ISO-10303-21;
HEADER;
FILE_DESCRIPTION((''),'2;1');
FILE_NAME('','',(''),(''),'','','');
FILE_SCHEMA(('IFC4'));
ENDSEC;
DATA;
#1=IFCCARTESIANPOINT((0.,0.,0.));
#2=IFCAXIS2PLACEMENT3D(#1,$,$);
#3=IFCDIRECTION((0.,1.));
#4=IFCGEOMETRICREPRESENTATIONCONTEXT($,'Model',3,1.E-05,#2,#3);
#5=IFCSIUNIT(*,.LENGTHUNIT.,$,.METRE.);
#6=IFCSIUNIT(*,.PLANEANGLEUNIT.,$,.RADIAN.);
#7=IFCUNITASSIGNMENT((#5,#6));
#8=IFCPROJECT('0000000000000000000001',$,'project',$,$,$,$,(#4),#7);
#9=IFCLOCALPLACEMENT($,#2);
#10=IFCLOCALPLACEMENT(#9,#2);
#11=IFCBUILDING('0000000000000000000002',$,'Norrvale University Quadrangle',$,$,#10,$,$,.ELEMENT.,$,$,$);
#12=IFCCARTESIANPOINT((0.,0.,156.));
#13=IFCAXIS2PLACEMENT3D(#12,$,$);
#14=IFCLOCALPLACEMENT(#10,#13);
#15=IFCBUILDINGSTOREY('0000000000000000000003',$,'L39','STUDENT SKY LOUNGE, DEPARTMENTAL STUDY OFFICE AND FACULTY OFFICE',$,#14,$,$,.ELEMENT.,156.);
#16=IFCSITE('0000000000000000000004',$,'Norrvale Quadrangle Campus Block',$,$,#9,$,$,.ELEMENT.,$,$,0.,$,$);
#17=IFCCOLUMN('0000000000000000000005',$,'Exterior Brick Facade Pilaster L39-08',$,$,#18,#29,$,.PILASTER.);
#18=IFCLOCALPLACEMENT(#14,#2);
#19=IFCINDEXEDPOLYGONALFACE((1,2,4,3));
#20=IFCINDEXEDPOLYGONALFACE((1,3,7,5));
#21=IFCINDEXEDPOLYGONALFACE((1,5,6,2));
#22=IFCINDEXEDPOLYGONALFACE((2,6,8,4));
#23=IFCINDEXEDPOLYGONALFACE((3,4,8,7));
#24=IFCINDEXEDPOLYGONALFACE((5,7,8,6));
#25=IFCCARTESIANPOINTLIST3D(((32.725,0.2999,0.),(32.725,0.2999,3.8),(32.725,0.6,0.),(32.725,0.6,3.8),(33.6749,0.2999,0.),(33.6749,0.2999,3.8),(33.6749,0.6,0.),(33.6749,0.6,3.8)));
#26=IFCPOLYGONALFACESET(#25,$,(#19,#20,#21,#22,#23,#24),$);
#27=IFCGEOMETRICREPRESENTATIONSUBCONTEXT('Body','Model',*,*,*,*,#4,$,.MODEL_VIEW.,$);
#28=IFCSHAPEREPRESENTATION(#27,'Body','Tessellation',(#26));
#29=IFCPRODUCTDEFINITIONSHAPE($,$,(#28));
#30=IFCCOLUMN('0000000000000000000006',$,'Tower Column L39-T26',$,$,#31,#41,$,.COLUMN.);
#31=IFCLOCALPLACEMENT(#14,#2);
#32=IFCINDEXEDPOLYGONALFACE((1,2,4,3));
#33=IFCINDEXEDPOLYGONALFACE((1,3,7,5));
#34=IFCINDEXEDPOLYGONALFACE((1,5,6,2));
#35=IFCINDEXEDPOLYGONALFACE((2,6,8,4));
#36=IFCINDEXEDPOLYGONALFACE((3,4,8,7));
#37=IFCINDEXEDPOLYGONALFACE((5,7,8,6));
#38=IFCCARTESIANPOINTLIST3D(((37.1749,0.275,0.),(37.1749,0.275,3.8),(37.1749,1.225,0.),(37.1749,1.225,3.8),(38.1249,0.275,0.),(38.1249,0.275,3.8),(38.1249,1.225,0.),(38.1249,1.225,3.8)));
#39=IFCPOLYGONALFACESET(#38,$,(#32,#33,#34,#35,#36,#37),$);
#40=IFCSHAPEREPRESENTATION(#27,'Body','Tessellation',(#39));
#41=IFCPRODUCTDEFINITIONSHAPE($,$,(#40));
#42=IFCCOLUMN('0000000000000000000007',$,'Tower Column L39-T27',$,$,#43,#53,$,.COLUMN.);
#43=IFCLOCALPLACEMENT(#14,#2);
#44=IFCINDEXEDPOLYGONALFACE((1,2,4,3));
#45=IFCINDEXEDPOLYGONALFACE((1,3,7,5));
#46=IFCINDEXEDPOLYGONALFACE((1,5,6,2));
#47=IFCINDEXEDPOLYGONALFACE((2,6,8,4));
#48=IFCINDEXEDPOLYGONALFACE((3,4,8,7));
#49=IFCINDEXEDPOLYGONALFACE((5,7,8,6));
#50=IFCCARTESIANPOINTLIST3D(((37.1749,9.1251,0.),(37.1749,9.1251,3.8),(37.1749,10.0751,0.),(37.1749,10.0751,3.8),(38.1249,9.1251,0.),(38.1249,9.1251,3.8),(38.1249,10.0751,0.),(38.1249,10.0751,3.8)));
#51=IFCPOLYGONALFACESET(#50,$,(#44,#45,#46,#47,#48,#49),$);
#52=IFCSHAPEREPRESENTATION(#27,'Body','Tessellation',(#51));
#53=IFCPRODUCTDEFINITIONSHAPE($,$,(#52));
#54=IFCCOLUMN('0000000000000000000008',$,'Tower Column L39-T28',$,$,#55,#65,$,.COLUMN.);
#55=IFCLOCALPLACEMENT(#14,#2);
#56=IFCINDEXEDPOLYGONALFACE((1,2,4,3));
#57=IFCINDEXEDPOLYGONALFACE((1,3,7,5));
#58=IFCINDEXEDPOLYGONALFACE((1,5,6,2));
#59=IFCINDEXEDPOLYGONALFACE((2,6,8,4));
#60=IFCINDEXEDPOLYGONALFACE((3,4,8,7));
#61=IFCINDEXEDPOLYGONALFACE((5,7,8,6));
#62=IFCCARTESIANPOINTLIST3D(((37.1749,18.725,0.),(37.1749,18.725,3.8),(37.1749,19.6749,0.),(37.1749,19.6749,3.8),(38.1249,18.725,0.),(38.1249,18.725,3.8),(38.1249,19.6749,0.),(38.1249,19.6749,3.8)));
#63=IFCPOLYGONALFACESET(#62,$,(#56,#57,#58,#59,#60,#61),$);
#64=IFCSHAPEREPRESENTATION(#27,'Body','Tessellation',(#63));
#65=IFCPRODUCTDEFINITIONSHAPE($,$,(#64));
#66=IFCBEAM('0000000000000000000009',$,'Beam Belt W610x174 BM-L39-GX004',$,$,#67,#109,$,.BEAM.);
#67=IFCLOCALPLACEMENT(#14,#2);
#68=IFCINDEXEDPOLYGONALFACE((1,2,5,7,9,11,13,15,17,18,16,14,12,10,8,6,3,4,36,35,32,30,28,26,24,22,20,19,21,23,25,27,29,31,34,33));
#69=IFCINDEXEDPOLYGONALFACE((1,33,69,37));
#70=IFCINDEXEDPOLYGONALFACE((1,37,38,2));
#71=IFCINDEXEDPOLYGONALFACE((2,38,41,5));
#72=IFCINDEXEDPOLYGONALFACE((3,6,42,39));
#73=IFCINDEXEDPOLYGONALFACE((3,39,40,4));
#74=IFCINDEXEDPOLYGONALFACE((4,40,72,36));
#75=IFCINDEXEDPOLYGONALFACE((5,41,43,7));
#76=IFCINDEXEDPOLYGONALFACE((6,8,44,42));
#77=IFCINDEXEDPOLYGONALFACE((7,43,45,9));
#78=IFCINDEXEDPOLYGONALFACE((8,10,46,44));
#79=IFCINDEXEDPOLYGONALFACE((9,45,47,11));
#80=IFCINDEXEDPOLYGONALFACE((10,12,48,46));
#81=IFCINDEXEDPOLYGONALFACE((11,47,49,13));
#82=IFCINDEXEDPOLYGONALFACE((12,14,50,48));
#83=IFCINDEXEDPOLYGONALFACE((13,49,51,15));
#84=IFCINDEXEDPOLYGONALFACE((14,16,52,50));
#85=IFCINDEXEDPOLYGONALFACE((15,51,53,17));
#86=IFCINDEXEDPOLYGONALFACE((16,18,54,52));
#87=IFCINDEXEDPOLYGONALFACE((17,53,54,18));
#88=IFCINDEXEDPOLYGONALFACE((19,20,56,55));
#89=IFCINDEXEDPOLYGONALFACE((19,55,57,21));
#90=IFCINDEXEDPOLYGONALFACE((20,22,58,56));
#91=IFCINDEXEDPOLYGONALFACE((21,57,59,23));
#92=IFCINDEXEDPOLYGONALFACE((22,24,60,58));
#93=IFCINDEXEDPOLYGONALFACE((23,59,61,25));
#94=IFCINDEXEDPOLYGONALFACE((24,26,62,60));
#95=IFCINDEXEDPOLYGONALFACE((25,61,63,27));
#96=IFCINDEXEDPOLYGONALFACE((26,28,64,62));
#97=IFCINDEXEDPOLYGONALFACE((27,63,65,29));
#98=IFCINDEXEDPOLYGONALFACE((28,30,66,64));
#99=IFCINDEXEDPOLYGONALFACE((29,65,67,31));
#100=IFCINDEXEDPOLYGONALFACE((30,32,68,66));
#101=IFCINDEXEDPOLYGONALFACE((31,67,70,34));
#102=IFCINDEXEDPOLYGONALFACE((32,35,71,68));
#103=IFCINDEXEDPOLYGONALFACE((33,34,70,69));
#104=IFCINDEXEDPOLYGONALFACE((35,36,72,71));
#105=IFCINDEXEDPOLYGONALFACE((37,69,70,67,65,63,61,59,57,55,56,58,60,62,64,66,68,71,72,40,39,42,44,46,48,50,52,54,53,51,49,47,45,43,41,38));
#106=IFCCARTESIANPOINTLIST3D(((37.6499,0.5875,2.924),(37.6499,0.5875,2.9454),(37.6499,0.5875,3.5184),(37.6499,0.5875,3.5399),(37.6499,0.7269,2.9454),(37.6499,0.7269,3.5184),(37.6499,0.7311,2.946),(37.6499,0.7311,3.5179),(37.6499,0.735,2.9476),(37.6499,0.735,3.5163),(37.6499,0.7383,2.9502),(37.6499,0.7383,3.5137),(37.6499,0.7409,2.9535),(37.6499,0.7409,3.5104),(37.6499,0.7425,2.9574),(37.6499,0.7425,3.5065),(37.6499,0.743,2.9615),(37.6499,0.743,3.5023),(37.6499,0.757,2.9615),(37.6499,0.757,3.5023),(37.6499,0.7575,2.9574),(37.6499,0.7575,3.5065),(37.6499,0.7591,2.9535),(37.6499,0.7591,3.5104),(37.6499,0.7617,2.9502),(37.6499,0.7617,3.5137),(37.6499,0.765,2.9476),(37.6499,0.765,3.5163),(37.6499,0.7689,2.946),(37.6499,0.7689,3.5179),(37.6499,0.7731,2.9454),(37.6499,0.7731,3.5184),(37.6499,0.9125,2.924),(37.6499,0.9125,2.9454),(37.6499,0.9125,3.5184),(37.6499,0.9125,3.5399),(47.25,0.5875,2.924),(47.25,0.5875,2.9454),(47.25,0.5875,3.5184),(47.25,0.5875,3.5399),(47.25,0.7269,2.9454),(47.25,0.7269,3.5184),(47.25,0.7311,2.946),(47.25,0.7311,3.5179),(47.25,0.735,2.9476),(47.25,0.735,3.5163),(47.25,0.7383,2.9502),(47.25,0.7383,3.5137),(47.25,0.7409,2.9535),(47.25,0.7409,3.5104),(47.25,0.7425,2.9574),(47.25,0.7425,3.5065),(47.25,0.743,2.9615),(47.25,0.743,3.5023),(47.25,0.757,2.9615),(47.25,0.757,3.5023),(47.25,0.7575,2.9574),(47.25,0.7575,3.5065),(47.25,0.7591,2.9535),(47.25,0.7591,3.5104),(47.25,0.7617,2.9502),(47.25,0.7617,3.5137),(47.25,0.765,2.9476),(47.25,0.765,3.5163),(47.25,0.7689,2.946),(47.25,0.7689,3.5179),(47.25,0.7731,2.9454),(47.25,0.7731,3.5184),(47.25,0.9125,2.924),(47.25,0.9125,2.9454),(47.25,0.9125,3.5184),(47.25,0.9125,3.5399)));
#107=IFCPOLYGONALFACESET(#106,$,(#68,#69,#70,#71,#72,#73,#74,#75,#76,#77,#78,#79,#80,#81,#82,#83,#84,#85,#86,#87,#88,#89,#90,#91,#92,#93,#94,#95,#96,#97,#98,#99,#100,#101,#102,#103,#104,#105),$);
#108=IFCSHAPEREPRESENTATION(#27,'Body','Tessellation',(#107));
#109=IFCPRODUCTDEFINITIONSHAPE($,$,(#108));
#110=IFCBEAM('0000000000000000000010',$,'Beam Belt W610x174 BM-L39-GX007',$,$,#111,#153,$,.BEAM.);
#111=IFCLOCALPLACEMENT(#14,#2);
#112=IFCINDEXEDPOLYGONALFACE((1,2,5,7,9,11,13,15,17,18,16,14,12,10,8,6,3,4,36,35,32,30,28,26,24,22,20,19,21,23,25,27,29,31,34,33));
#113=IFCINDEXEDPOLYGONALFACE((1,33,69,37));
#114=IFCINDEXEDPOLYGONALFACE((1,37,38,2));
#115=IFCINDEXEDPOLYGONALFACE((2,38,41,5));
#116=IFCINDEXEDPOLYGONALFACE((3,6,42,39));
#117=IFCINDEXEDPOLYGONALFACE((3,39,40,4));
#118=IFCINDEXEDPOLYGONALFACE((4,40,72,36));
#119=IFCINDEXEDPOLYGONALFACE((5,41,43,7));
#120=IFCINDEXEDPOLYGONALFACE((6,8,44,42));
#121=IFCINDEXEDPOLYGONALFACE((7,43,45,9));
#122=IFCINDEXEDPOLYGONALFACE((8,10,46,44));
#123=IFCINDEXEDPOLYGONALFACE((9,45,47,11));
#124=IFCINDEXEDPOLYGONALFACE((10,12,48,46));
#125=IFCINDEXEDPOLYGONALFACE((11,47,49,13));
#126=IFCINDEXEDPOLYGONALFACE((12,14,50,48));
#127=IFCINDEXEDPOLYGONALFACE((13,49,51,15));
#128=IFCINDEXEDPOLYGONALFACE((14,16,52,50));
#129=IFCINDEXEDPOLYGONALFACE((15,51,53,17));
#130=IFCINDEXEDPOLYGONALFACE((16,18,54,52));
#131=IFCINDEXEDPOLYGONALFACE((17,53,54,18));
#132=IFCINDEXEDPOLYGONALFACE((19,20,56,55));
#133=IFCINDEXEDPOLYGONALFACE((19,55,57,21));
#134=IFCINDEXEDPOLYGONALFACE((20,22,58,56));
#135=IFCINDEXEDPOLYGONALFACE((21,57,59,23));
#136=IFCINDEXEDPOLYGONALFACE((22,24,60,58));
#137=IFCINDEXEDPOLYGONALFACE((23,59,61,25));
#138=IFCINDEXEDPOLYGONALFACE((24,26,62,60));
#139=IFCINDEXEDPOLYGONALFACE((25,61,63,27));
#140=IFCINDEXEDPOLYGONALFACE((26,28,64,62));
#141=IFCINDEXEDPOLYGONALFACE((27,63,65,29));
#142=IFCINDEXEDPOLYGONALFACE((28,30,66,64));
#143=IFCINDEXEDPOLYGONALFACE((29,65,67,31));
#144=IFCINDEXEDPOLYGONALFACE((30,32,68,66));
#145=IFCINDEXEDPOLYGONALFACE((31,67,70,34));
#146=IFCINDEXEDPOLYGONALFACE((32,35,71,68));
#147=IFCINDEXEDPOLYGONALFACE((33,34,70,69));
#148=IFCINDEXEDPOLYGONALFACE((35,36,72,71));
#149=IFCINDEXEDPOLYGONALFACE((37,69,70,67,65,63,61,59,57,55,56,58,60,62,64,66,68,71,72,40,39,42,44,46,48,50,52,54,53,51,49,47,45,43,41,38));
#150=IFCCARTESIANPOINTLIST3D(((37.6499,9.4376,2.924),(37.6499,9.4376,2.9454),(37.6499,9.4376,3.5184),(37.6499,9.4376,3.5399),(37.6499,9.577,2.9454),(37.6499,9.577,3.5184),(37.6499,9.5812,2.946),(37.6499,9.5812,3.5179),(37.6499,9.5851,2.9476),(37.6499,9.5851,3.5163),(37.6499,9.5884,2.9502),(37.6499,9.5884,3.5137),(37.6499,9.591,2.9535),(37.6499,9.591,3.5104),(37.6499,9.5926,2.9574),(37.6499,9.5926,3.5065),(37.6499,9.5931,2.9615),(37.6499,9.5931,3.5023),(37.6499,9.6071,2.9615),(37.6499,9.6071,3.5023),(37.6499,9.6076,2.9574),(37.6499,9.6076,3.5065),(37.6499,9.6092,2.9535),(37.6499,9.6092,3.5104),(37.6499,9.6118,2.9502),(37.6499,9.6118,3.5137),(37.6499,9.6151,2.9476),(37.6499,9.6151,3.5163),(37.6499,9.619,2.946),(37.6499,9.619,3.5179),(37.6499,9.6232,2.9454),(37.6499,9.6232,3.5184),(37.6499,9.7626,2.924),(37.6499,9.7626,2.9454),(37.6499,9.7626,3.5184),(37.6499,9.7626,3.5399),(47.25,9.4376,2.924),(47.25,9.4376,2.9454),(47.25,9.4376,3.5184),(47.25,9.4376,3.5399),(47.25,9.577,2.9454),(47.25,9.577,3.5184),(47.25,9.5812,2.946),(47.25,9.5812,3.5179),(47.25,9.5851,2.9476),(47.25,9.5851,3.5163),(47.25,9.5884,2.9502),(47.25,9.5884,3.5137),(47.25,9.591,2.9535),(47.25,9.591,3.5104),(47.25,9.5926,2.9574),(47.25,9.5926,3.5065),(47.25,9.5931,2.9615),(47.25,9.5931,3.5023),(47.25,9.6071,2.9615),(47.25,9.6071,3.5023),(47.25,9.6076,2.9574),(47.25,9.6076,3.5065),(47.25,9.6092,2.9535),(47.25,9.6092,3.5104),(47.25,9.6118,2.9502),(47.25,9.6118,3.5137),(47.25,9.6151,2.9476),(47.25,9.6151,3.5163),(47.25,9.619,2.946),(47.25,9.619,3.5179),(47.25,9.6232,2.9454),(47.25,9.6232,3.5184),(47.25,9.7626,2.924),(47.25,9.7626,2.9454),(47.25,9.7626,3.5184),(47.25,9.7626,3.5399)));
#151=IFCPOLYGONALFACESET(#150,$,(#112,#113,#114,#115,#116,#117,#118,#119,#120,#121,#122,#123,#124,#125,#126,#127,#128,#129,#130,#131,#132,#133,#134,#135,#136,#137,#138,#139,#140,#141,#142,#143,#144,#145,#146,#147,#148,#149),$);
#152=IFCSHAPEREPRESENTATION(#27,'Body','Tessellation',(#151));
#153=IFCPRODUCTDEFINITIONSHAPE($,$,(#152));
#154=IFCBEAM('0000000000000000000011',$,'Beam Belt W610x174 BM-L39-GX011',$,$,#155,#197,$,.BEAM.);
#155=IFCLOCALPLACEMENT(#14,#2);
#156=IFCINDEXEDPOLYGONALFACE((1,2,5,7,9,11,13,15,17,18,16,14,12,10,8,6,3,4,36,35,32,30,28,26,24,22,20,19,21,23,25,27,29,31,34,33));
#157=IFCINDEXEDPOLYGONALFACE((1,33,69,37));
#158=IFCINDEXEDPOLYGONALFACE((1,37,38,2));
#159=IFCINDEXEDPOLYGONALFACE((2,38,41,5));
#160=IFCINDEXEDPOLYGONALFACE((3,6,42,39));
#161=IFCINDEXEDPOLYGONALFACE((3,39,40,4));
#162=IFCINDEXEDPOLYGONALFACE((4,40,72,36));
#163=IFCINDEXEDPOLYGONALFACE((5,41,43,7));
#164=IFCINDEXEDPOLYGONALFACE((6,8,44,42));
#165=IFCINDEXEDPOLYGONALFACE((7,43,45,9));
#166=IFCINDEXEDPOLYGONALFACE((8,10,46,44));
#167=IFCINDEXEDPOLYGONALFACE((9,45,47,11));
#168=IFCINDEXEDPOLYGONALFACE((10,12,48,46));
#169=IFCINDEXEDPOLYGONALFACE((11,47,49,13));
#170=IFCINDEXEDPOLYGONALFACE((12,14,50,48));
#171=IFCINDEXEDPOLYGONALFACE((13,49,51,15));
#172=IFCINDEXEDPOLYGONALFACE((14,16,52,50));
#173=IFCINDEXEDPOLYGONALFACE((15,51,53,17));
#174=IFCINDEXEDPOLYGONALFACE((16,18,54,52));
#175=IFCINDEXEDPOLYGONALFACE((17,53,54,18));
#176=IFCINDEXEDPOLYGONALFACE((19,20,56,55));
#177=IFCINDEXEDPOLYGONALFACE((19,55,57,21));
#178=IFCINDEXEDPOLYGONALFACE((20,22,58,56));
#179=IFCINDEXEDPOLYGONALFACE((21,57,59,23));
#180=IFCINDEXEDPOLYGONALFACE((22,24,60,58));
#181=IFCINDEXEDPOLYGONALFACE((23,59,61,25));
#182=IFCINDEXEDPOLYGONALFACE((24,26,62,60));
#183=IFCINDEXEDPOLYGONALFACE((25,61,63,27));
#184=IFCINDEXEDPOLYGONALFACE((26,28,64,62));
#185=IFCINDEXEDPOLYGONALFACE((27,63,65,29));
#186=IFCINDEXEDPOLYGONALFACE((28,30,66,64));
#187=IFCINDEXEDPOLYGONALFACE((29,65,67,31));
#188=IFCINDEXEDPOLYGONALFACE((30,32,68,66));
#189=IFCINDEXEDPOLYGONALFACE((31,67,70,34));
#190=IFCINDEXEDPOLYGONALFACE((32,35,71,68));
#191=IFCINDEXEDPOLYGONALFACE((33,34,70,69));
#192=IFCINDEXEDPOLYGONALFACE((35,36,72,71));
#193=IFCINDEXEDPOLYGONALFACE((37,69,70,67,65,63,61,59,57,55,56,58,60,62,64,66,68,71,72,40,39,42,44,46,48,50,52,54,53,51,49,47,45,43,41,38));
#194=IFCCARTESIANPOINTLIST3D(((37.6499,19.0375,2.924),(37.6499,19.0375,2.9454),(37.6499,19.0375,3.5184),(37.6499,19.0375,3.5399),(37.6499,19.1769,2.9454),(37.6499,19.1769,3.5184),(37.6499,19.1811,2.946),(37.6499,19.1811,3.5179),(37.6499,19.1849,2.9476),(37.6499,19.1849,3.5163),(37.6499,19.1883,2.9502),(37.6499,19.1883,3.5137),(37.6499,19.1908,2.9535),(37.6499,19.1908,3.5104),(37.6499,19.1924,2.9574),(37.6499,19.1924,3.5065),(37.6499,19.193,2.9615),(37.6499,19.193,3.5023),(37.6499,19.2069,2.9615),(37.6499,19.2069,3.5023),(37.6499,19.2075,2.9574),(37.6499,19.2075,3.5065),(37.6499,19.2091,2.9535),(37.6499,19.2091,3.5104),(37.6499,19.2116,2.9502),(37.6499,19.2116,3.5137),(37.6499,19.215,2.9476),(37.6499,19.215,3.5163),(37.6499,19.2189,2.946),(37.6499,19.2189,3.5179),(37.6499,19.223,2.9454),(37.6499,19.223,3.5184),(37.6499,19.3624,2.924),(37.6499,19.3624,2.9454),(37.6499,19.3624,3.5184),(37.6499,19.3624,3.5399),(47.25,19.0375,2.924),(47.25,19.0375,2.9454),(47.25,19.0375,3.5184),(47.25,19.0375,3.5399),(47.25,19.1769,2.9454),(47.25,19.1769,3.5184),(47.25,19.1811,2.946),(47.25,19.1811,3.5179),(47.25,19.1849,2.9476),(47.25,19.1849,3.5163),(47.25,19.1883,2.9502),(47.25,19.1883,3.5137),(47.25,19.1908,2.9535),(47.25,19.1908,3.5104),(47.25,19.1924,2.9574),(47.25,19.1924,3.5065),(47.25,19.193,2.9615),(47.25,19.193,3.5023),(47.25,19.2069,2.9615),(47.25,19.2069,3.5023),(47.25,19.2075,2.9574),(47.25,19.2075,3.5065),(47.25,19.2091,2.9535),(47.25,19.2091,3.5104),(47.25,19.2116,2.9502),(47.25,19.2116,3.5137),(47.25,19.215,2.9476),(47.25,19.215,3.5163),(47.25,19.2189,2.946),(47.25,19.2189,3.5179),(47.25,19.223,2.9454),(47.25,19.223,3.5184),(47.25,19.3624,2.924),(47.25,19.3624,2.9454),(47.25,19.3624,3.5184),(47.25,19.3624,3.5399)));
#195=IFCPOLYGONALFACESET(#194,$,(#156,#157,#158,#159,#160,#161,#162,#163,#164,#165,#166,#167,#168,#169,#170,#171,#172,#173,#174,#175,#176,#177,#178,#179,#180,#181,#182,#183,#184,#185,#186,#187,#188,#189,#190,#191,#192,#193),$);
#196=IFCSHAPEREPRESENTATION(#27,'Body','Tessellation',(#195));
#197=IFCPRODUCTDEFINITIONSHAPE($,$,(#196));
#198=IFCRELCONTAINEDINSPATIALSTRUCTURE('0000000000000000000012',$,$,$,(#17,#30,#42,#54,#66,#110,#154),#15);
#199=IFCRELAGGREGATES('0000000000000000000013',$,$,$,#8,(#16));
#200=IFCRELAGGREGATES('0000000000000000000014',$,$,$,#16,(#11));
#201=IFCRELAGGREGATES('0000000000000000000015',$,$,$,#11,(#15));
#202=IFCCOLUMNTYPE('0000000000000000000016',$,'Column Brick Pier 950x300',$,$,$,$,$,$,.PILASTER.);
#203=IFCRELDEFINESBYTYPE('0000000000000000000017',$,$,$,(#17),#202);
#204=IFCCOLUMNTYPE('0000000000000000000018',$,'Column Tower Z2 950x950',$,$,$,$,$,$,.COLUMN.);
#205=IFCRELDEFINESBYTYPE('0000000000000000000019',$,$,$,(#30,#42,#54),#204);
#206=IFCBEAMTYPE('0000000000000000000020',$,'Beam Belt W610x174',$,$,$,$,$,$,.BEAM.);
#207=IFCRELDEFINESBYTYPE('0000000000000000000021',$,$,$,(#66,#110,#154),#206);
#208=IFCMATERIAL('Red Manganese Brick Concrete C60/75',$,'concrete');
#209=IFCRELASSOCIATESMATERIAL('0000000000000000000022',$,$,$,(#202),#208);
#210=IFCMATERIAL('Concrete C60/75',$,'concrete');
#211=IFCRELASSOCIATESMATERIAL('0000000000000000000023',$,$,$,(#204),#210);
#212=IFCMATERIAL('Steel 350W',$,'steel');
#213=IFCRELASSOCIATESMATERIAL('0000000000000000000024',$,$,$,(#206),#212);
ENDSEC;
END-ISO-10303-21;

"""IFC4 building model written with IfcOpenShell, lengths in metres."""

from ifc_helpers import new_model, si_unit, direction, frame, origin, origin_2d, place, context, subcontext, project, spatial, rectangle, i_section, extrude, material, material_profile, profile_set, type_object, element, save


model = new_model("IFC4")

# Units and contexts
model_context = context("Model", 3, precision=1e-05, world=origin(), true_north=direction((0.0, 1.0)))
body_context = subcontext(model_context, "Body", "Model", "MODEL_VIEW")
ifc_project = project(units=[si_unit("LENGTHUNIT", "METRE"), si_unit("PLANEANGLEUNIT", "RADIAN")], contexts=[model_context])

# Site, building, storey
site_placement = place(None, origin())
site = spatial("IfcSite", under=ifc_project, at=site_placement, Name="Norrvale Quadrangle Campus Block", CompositionType="ELEMENT", RefElevation=0.0)
building_placement = place(site_placement, origin())
building = spatial("IfcBuilding", under=site, at=building_placement, Name="Norrvale University Quadrangle", CompositionType="ELEMENT")
storey_placement = place(building_placement, frame((0.0, 0.0, 156.0)))
storey = spatial("IfcBuildingStorey", under=building, at=storey_placement, Name="L39", Description="STUDENT SKY LOUNGE, DEPARTMENTAL STUDY OFFICE AND FACULTY OFFICE", CompositionType="ELEMENT", Elevation=156.0)

# Columns
ifc_material_1 = material(Name="Red Manganese Brick Concrete C60/75", Category="concrete")
ifc_material_profile_1 = material_profile(ifc_material_1, rectangle(XDim=0.95, YDim=0.3, at=origin_2d()), Name="Red Manganese Brick Concrete C60/75")
ifc_profile_set_1 = profile_set([ifc_material_profile_1], Name="Red Manganese Brick Concrete C60/75")
column_type_1 = type_object("IfcColumnType", Name="Column Brick Pier 950x300", PredefinedType="PILASTER", material=ifc_profile_set_1)
column_placement = place(storey_placement, frame((33.2, 0.45, 0.0), z_axis=(0.0, 0.0, 1.0), x_axis=(1.0, 0.0, 0.0)))
element("IfcColumn", 1, at=column_placement, inside=storey, type_object=column_type_1, Name="Exterior Brick Facade Pilaster L39-08", PredefinedType="PILASTER", context=body_context, shape_type="SweptSolid", body=[
    extrude(rectangle(XDim=0.95, YDim=0.3, at=origin_2d()), origin(), (0.0, 0.0, 1.0), 3.8),
])
ifc_material_2 = material(Name="Concrete C60/75", Category="concrete")
ifc_material_profile_2 = material_profile(ifc_material_2, rectangle(XDim=0.95, YDim=0.95, at=origin_2d()), Name="Concrete C60/75")
ifc_profile_set_2 = profile_set([ifc_material_profile_2], Name="Concrete C60/75")
column_type_2 = type_object("IfcColumnType", Name="Column Tower Z2 950x950", PredefinedType="COLUMN", material=ifc_profile_set_2)
for number, where, z_axis, x_axis, name in (
    (2, (37.6499, 0.75, 0.0), (0.0, 0.0, 1.0), (1.0, 0.0, 0.0), "Tower Column L39-T26"),
    (3, (37.6499, 9.6001, 0.0), (0.0, 0.0, 1.0), (1.0, 0.0, 0.0), "Tower Column L39-T27"),
    (4, (37.6499, 19.2, 0.0), (0.0, 0.0, 1.0), (1.0, 0.0, 0.0), "Tower Column L39-T28"),
):
    element("IfcColumn", number, at=place(storey_placement, frame(where, z_axis=z_axis, x_axis=x_axis)), inside=storey, type_object=column_type_2, Name=name, PredefinedType="COLUMN", context=body_context, shape_type="SweptSolid", body=[
        extrude(rectangle(XDim=0.95, YDim=0.95, at=origin_2d()), origin(), (0.0, 0.0, 1.0), 3.8),
    ])

# Beams
ifc_material_3 = material(Name="Steel 350W", Category="steel")
ifc_material_profile_3 = material_profile(ifc_material_3, i_section(OverallWidth=0.325, OverallDepth=0.616, WebThickness=0.0139, FlangeThickness=0.0215, FilletRadius=0.0161, at=origin_2d()), Name="Steel 350W")
ifc_profile_set_3 = profile_set([ifc_material_profile_3], Name="Steel 350W")
beam_type_1 = type_object("IfcBeamType", Name="Beam Belt W610x174", PredefinedType="BEAM", material=ifc_profile_set_3)
for number, where, z_axis, x_axis, name in (
    (5, (37.6499, 0.75, 3.2319), (1.0, 0.0, 0.0), (0.0, 1.0, 0.0), "Beam Belt W610x174 BM-L39-GX004"),
    (6, (37.6499, 9.6001, 3.2319), (1.0, 0.0, 0.0), (0.0, 1.0, 0.0), "Beam Belt W610x174 BM-L39-GX007"),
    (7, (37.6499, 19.2, 3.2319), (1.0, 0.0, 0.0), (0.0, 1.0, 0.0), "Beam Belt W610x174 BM-L39-GX011"),
):
    element("IfcBeam", number, at=place(storey_placement, frame(where, z_axis=z_axis, x_axis=x_axis)), inside=storey, type_object=beam_type_1, Name=name, PredefinedType="BEAM", context=body_context, shape_type="SweptSolid", body=[
        extrude(i_section(OverallWidth=0.325, OverallDepth=0.616, WebThickness=0.0139, FlangeThickness=0.0215, FilletRadius=0.0161, at=origin_2d()), origin(), (0.0, 0.0, 1.0), 9.6001),
    ])

save(model, "model.ifc")
